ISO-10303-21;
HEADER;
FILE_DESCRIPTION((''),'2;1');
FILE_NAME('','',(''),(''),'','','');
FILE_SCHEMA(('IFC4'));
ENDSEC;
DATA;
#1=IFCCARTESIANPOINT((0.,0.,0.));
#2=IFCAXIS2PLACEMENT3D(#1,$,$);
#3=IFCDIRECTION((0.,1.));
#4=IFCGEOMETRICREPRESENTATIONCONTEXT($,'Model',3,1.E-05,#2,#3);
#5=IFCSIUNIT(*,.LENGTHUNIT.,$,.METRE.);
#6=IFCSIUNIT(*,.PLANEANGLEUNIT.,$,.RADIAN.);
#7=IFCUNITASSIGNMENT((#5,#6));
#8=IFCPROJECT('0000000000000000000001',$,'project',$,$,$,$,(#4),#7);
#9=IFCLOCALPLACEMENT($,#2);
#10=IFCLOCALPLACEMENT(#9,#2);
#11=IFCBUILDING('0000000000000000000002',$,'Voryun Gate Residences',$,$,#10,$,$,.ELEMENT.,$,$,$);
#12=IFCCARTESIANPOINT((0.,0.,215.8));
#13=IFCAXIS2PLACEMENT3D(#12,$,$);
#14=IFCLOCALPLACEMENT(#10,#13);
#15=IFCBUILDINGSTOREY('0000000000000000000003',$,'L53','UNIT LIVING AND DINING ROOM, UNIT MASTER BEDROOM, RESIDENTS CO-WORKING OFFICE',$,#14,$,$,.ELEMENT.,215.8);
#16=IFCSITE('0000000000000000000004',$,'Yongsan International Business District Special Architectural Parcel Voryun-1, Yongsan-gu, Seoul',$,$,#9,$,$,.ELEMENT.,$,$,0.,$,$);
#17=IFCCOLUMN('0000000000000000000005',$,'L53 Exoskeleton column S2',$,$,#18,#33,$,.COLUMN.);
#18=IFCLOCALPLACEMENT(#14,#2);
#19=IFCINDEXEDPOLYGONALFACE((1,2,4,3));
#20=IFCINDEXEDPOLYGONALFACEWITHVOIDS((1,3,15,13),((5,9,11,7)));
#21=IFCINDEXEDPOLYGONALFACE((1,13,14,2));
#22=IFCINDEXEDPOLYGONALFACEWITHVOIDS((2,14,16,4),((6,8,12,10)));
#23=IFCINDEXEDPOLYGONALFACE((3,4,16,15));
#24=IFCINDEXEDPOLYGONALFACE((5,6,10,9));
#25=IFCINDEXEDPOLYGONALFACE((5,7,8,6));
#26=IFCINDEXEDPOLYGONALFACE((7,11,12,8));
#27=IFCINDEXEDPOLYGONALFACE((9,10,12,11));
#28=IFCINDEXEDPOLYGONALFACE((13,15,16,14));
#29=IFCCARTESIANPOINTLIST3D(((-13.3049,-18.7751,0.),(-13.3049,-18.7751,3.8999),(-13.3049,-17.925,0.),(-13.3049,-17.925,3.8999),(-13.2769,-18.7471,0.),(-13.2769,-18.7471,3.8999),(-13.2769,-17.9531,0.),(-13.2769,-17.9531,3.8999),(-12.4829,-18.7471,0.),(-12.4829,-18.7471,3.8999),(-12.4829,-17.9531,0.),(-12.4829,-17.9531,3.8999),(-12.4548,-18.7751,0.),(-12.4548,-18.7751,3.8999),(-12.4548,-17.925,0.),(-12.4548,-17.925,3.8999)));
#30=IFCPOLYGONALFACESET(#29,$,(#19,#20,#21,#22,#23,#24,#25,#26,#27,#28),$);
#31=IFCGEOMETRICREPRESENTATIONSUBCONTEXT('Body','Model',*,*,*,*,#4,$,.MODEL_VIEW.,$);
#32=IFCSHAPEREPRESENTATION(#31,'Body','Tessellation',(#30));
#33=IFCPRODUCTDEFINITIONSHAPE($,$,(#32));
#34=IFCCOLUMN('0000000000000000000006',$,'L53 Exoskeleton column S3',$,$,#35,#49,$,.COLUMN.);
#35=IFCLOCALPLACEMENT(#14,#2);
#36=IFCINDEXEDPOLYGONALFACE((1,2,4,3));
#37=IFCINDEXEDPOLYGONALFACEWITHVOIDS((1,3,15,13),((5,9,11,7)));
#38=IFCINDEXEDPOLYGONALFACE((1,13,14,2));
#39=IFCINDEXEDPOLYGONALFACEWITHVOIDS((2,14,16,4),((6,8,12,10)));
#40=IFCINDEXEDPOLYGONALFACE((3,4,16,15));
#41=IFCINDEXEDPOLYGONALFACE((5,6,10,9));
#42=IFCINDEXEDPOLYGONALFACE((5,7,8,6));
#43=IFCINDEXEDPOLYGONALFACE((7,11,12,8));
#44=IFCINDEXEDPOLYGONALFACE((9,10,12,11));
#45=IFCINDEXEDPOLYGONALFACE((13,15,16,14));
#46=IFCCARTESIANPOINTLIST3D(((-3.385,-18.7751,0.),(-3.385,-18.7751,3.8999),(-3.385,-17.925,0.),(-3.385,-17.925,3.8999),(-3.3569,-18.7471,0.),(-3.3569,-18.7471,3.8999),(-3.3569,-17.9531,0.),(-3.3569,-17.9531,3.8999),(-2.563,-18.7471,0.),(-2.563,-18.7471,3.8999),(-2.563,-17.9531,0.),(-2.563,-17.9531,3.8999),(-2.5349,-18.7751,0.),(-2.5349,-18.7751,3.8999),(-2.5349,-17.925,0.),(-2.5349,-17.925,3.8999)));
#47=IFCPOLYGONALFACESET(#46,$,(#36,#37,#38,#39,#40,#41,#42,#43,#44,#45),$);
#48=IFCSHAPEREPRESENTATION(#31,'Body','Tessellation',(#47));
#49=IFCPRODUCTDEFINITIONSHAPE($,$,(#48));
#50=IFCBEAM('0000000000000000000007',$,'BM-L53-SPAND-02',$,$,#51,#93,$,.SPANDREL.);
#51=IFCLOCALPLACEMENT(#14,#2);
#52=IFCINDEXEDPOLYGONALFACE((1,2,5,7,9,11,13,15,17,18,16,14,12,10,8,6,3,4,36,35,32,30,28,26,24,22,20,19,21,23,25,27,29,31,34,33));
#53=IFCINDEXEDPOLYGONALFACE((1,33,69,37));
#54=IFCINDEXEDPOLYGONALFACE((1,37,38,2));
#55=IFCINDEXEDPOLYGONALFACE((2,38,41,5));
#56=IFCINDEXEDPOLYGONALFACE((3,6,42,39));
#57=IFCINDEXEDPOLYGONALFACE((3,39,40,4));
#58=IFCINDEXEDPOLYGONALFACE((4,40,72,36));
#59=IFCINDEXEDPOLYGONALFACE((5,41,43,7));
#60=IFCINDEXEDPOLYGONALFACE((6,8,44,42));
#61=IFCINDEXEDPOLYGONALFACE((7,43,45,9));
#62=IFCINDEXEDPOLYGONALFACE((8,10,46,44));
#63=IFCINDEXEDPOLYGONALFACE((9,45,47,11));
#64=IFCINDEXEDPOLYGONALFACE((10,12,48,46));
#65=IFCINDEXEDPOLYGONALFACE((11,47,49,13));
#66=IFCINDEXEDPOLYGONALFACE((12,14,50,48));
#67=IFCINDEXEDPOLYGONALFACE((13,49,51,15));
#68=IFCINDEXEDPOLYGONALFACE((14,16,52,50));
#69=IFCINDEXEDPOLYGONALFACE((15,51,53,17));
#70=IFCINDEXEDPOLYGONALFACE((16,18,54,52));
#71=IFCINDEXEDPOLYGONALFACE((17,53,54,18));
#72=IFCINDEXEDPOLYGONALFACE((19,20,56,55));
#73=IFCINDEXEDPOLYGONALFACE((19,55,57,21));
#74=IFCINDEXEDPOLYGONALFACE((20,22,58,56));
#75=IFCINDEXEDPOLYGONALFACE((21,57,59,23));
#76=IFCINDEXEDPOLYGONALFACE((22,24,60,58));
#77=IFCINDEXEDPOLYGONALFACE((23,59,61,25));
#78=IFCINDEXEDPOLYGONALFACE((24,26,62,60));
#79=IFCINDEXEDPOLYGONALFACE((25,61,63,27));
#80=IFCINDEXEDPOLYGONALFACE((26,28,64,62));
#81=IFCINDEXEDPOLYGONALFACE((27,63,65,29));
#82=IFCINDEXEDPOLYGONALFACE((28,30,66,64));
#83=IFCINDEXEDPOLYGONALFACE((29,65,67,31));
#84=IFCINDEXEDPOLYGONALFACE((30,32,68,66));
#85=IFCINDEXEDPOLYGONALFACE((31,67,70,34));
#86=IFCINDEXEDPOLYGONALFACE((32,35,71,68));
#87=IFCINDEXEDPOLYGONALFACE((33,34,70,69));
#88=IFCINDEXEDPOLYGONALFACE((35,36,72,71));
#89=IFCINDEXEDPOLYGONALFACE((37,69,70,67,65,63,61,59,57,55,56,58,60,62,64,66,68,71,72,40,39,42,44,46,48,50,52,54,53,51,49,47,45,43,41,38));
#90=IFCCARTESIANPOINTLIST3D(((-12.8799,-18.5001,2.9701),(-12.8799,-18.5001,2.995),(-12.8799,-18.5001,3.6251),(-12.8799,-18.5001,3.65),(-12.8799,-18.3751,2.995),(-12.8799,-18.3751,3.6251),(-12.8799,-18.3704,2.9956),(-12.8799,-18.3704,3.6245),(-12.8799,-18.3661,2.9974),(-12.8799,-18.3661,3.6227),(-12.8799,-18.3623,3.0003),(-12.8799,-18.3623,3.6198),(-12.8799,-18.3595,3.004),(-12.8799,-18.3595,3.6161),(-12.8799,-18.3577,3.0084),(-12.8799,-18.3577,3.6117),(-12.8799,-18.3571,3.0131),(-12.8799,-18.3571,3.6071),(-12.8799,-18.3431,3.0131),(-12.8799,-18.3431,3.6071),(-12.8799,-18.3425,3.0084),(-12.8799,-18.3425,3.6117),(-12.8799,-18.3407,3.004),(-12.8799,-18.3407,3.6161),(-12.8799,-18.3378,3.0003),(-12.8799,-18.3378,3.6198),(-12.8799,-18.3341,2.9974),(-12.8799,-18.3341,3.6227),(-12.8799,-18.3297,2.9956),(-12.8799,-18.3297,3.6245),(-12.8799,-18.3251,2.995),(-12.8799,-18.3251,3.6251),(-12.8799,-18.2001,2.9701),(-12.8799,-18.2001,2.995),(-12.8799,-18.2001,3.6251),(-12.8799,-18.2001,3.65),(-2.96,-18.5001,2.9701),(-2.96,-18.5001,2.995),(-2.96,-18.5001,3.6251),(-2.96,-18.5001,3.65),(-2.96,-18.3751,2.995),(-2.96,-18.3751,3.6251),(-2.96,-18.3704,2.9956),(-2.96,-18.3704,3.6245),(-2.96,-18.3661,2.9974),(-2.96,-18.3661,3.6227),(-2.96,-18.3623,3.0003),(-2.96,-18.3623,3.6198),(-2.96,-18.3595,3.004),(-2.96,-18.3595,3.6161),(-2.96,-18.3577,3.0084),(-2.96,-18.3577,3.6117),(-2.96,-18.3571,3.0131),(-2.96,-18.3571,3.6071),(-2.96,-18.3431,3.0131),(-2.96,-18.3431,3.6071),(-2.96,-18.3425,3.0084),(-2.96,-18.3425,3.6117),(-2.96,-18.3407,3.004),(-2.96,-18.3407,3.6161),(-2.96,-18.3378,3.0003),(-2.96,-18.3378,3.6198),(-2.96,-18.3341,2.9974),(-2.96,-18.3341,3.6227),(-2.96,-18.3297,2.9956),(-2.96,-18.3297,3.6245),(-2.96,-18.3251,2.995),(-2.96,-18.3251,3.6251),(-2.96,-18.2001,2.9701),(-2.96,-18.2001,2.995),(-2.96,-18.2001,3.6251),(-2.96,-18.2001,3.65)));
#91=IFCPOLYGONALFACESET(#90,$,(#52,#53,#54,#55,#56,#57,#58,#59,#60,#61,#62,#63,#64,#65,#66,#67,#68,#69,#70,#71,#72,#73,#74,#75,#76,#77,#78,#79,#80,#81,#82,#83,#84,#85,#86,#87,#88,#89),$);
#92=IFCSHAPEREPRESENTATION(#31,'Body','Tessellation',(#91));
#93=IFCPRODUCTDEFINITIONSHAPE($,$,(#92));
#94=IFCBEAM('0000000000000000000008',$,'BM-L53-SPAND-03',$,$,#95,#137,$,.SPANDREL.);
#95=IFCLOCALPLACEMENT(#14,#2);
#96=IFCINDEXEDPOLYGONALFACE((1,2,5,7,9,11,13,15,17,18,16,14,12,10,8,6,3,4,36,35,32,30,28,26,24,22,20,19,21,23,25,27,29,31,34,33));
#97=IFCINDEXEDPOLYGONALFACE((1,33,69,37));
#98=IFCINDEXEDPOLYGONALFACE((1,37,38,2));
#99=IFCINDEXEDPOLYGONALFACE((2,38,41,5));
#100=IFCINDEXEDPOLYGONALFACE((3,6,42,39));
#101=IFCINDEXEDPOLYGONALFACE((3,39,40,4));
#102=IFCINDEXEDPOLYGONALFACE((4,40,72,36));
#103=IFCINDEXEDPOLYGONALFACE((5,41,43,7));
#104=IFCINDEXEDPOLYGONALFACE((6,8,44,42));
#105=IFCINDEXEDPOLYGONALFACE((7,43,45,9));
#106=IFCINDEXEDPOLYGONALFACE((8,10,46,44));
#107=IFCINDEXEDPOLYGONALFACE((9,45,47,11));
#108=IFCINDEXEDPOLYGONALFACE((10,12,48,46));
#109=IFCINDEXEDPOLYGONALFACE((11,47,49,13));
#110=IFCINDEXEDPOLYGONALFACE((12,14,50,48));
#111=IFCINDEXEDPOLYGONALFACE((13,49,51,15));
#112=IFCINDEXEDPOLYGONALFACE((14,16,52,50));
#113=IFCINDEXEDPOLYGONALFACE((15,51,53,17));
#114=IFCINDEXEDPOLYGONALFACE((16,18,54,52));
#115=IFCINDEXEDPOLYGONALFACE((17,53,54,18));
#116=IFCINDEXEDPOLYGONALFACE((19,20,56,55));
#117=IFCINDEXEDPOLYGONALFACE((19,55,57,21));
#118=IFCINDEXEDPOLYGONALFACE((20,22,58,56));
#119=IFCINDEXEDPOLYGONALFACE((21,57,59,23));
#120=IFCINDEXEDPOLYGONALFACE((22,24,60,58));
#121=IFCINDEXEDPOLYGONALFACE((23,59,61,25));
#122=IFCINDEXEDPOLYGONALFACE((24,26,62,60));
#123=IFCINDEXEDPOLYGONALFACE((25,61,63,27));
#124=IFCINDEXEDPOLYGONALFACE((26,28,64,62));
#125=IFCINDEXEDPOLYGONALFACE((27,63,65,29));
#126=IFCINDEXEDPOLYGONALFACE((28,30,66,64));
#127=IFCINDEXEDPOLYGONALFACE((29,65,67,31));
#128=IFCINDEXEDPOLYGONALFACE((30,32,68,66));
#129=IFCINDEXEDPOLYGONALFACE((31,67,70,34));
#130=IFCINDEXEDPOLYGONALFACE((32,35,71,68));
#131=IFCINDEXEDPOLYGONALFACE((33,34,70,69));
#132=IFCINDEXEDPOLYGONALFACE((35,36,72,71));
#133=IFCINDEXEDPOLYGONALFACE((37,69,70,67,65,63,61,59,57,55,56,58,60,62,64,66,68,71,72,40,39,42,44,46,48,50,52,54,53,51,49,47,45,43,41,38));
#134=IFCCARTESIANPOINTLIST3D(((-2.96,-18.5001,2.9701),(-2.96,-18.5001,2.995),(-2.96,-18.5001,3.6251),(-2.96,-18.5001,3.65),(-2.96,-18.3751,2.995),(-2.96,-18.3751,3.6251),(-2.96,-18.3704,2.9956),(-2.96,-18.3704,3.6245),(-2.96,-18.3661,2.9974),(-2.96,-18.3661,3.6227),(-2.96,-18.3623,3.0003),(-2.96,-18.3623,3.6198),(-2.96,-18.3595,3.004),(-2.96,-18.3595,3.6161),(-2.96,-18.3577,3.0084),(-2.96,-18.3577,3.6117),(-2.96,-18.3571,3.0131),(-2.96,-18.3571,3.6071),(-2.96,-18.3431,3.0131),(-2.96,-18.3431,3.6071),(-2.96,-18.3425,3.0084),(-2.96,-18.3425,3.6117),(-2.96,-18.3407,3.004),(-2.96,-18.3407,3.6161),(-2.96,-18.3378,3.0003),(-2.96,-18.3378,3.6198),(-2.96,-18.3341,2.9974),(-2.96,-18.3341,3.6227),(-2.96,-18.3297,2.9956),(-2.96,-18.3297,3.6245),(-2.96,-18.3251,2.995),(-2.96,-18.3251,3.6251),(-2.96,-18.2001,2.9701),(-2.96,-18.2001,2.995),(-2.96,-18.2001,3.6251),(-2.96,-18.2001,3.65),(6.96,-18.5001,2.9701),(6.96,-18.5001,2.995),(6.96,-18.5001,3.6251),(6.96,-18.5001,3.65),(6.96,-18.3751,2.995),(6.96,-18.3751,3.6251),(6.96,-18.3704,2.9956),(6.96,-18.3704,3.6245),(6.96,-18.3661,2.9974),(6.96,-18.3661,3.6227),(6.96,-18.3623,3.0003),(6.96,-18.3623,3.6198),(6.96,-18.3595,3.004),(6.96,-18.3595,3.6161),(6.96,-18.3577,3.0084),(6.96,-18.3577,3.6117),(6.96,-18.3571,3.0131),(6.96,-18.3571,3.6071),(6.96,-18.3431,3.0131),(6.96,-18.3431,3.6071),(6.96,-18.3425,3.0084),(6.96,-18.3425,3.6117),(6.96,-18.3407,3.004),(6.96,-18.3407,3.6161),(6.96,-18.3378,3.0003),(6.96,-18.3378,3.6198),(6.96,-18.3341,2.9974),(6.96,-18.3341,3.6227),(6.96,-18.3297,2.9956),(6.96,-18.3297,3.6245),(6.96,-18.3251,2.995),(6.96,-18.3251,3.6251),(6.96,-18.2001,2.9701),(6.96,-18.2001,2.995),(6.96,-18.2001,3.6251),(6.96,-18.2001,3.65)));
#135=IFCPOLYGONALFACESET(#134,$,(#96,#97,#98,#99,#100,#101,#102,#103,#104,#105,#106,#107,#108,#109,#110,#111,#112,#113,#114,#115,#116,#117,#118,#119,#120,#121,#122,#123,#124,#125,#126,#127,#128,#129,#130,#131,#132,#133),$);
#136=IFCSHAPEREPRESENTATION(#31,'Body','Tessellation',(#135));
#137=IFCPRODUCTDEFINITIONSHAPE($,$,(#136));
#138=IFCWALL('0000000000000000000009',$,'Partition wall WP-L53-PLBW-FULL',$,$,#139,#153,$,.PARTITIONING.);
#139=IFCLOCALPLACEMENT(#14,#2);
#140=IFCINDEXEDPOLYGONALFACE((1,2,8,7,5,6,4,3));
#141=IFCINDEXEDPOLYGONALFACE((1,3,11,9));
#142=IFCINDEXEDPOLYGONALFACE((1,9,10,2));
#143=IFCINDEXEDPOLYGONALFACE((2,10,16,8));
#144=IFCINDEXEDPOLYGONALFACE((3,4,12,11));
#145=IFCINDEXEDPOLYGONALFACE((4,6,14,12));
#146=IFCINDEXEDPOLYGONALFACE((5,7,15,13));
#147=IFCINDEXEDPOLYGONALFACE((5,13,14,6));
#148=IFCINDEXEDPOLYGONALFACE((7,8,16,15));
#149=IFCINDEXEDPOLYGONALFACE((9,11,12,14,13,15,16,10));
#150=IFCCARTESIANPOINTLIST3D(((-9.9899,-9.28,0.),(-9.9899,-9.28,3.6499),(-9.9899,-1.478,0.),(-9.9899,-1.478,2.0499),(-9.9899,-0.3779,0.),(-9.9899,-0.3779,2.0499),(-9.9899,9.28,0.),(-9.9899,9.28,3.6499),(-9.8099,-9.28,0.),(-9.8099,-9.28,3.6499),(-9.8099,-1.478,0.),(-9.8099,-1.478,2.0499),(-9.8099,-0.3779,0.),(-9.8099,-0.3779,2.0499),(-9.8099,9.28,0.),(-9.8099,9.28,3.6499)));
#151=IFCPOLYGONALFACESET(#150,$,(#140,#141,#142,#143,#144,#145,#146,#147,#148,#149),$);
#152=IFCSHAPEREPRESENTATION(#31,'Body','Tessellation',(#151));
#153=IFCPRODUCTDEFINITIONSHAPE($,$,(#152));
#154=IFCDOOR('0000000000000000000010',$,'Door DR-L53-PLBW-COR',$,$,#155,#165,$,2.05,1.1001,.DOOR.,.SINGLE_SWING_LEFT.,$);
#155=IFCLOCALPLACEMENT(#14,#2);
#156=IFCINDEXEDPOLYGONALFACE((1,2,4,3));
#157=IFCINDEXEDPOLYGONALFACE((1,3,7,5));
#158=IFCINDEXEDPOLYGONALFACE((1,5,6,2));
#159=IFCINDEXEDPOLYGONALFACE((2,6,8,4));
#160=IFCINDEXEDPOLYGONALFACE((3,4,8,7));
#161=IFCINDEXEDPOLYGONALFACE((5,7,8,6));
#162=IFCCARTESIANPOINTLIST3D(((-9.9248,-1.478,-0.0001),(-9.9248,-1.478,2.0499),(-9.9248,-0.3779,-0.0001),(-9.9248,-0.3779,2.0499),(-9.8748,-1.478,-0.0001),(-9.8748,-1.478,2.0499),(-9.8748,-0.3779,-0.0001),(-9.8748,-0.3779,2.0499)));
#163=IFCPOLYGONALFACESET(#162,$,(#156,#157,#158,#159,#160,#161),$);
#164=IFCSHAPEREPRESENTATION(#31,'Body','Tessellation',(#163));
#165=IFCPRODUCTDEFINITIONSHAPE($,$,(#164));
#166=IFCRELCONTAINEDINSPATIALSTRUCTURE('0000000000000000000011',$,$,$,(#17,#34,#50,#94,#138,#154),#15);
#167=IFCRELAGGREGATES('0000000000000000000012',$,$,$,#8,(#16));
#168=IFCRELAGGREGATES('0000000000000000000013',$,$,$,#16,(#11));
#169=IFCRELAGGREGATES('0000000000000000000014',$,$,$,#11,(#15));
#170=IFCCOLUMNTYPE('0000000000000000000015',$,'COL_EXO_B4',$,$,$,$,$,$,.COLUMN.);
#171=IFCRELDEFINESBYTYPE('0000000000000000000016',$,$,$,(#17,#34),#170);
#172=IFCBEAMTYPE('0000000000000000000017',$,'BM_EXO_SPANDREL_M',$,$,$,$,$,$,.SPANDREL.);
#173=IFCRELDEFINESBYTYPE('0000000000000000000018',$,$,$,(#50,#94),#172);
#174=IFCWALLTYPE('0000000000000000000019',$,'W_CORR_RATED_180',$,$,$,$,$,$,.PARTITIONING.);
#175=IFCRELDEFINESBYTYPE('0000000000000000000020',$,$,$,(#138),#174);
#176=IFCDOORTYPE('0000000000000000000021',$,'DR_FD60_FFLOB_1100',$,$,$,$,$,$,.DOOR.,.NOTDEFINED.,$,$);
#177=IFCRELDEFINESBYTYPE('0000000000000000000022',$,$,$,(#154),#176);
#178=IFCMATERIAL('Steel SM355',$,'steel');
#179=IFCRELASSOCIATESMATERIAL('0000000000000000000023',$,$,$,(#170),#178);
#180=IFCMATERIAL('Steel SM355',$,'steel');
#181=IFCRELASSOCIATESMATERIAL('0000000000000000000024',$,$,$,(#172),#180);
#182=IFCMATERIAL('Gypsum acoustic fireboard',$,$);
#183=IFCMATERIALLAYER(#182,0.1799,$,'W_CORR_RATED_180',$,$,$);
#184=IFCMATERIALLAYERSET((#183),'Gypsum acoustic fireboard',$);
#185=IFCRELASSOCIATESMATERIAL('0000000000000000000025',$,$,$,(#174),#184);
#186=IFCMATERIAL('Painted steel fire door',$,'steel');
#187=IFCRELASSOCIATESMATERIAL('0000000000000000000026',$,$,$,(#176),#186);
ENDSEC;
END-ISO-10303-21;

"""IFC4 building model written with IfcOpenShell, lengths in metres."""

from ifc_helpers import new_model, si_unit, direction, frame, frame_2d, origin, origin_2d, place, context, subcontext, project, spatial, rectangle, hollow_rectangle, i_section, extrude, material, layer, layer_set, material_profile, profile_set, type_object, element, fill, save


model = new_model("IFC4")

# Units and contexts
model_context = context("Model", 3, precision=1e-05, world=origin(), true_north=direction((0.0, 1.0)))
body_context = subcontext(model_context, "Body", "Model", "MODEL_VIEW")
ifc_project = project(units=[si_unit("LENGTHUNIT", "METRE"), si_unit("PLANEANGLEUNIT", "RADIAN")], contexts=[model_context])

# Site, building, storey
site_placement = place(None, origin())
site = spatial("IfcSite", under=ifc_project, at=site_placement, Name="Yongsan International Business District Special Architectural Parcel Voryun-1, Yongsan-gu, Seoul", CompositionType="ELEMENT", RefElevation=0.0)
building_placement = place(site_placement, origin())
building = spatial("IfcBuilding", under=site, at=building_placement, Name="Voryun Gate Residences", CompositionType="ELEMENT")
storey_placement = place(building_placement, frame((0.0, 0.0, 215.8)))
storey = spatial("IfcBuildingStorey", under=building, at=storey_placement, Name="L53", Description="UNIT LIVING AND DINING ROOM, UNIT MASTER BEDROOM, RESIDENTS CO-WORKING OFFICE", CompositionType="ELEMENT", Elevation=215.8)

# Columns
ifc_material_1 = material(Name="Steel SM355", Category="steel")
ifc_material_profile_1 = material_profile(ifc_material_1, hollow_rectangle(XDim=0.8501, YDim=0.8501, WallThickness=0.0281, at=origin_2d()), Name="BOX-850x850x28")
ifc_profile_set_1 = profile_set([ifc_material_profile_1], Name="Steel SM355")
column_type = type_object("IfcColumnType", Name="COL_EXO_B4", PredefinedType="COLUMN", material=ifc_profile_set_1)
for number, where, z_axis, x_axis, name in (
    (1, (-12.8799, -18.3501, 0.0), (0.0, 0.0, 1.0), (1.0, 0.0, 0.0), "L53 Exoskeleton column S2"),
    (2, (-2.96, -18.3501, 0.0), (0.0, 0.0, 1.0), (1.0, 0.0, 0.0), "L53 Exoskeleton column S3"),
):
    element("IfcColumn", number, at=place(storey_placement, frame(where, z_axis=z_axis, x_axis=x_axis)), inside=storey, type_object=column_type, Name=name, PredefinedType="COLUMN", context=body_context, shape_type="SweptSolid", body=[
        extrude(hollow_rectangle(XDim=0.8501, YDim=0.8501, WallThickness=0.0281, at=origin_2d()), origin(), (0.0, 0.0, 1.0), 3.8999),
    ])

# Beams
ifc_material_2 = material(Name="Steel SM355", Category="steel")
ifc_material_profile_2 = material_profile(ifc_material_2, i_section(OverallWidth=0.3, OverallDepth=0.6799, WebThickness=0.0139, FlangeThickness=0.0249, FilletRadius=0.0181, at=origin_2d()), Name="H-680x300x14x25")
ifc_profile_set_2 = profile_set([ifc_material_profile_2], Name="Steel SM355")
beam_type = type_object("IfcBeamType", Name="BM_EXO_SPANDREL_M", PredefinedType="SPANDREL", material=ifc_profile_set_2)
for number, where, z_axis, x_axis, name in (
    (3, (-12.8799, -18.3501, 3.3101), (1.0, 0.0, 0.0), (0.0, 1.0, 0.0), "BM-L53-SPAND-02"),
    (4, (-2.96, -18.3501, 3.3101), (1.0, 0.0, 0.0), (0.0, 1.0, 0.0), "BM-L53-SPAND-03"),
):
    element("IfcBeam", number, at=place(storey_placement, frame(where, z_axis=z_axis, x_axis=x_axis)), inside=storey, type_object=beam_type, Name=name, PredefinedType="SPANDREL", context=body_context, shape_type="SweptSolid", body=[
        extrude(i_section(OverallWidth=0.3, OverallDepth=0.6799, WebThickness=0.0139, FlangeThickness=0.0249, FilletRadius=0.0181, at=origin_2d()), origin(), (0.0, 0.0, 1.0), 9.9199),
    ])

# Wall, opening, door
ifc_material_3 = material(Name="Gypsum acoustic fireboard")
ifc_layer_1 = layer(ifc_material_3, 0.1799, Name="W_CORR_RATED_180")
ifc_layer_set_1 = layer_set([ifc_layer_1], Name="Gypsum acoustic fireboard")
wall_type_1 = type_object("IfcWallType", Name="W_CORR_RATED_180", PredefinedType="PARTITIONING", material=ifc_layer_set_1)
wall_1_placement = place(storey_placement, frame((-9.8999, -9.28, 0.0), z_axis=(0.0, 0.0, 1.0), x_axis=(0.0, 1.0, 0.0)))
wall_1 = element("IfcWall", 5, at=wall_1_placement, inside=storey, type_object=wall_type_1, Name="Partition wall WP-L53-PLBW-FULL", PredefinedType="PARTITIONING", context=body_context, shape_type="SweptSolid", body=[
    extrude(rectangle(XDim=18.5601, YDim=0.1799, at=frame_2d((9.28, 0.0))), origin(), (0.0, 0.0, 1.0), 3.6499),
])
opening_1_placement = place(wall_1_placement, frame((7.802, 0.0, 0.0)))
opening_1 = element("IfcOpeningElement", 6, at=opening_1_placement, cuts=wall_1, PredefinedType="OPENING", context=body_context, shape_type="SweptSolid", body=[
    extrude(rectangle(XDim=1.1001, YDim=2.05, at=frame_2d((0.55, 1.0249))), frame((0.0, 0.0999, 0.0), z_axis=(0.0, -1.0, 0.0), x_axis=(1.0, 0.0, 0.0)), (0.0, 0.0, 1.0), 0.2),
])
ifc_material_4 = material(Name="Painted steel fire door", Category="steel")
door_type_1 = type_object("IfcDoorType", Name="DR_FD60_FFLOB_1100", OperationType="NOTDEFINED", PredefinedType="DOOR", material=ifc_material_4)
door_1_placement = place(opening_1_placement, origin())
door_1 = element("IfcDoor", 7, at=door_1_placement, inside=storey, type_object=door_type_1, Name="Door DR-L53-PLBW-COR", OperationType="SINGLE_SWING_LEFT", OverallHeight=2.05, OverallWidth=1.1001, PredefinedType="DOOR", context=body_context, shape_type="SweptSolid", body=[
    extrude(rectangle(XDim=1.1001, YDim=2.05, at=frame_2d((0.55, 1.0249))), frame((0.0, 0.0249, 0.0), z_axis=(0.0, -1.0, 0.0), x_axis=(1.0, 0.0, 0.0)), (0.0, 0.0, 1.0), 0.05),
])
fill(opening_1, door_1)

save(model, "model.ifc")
